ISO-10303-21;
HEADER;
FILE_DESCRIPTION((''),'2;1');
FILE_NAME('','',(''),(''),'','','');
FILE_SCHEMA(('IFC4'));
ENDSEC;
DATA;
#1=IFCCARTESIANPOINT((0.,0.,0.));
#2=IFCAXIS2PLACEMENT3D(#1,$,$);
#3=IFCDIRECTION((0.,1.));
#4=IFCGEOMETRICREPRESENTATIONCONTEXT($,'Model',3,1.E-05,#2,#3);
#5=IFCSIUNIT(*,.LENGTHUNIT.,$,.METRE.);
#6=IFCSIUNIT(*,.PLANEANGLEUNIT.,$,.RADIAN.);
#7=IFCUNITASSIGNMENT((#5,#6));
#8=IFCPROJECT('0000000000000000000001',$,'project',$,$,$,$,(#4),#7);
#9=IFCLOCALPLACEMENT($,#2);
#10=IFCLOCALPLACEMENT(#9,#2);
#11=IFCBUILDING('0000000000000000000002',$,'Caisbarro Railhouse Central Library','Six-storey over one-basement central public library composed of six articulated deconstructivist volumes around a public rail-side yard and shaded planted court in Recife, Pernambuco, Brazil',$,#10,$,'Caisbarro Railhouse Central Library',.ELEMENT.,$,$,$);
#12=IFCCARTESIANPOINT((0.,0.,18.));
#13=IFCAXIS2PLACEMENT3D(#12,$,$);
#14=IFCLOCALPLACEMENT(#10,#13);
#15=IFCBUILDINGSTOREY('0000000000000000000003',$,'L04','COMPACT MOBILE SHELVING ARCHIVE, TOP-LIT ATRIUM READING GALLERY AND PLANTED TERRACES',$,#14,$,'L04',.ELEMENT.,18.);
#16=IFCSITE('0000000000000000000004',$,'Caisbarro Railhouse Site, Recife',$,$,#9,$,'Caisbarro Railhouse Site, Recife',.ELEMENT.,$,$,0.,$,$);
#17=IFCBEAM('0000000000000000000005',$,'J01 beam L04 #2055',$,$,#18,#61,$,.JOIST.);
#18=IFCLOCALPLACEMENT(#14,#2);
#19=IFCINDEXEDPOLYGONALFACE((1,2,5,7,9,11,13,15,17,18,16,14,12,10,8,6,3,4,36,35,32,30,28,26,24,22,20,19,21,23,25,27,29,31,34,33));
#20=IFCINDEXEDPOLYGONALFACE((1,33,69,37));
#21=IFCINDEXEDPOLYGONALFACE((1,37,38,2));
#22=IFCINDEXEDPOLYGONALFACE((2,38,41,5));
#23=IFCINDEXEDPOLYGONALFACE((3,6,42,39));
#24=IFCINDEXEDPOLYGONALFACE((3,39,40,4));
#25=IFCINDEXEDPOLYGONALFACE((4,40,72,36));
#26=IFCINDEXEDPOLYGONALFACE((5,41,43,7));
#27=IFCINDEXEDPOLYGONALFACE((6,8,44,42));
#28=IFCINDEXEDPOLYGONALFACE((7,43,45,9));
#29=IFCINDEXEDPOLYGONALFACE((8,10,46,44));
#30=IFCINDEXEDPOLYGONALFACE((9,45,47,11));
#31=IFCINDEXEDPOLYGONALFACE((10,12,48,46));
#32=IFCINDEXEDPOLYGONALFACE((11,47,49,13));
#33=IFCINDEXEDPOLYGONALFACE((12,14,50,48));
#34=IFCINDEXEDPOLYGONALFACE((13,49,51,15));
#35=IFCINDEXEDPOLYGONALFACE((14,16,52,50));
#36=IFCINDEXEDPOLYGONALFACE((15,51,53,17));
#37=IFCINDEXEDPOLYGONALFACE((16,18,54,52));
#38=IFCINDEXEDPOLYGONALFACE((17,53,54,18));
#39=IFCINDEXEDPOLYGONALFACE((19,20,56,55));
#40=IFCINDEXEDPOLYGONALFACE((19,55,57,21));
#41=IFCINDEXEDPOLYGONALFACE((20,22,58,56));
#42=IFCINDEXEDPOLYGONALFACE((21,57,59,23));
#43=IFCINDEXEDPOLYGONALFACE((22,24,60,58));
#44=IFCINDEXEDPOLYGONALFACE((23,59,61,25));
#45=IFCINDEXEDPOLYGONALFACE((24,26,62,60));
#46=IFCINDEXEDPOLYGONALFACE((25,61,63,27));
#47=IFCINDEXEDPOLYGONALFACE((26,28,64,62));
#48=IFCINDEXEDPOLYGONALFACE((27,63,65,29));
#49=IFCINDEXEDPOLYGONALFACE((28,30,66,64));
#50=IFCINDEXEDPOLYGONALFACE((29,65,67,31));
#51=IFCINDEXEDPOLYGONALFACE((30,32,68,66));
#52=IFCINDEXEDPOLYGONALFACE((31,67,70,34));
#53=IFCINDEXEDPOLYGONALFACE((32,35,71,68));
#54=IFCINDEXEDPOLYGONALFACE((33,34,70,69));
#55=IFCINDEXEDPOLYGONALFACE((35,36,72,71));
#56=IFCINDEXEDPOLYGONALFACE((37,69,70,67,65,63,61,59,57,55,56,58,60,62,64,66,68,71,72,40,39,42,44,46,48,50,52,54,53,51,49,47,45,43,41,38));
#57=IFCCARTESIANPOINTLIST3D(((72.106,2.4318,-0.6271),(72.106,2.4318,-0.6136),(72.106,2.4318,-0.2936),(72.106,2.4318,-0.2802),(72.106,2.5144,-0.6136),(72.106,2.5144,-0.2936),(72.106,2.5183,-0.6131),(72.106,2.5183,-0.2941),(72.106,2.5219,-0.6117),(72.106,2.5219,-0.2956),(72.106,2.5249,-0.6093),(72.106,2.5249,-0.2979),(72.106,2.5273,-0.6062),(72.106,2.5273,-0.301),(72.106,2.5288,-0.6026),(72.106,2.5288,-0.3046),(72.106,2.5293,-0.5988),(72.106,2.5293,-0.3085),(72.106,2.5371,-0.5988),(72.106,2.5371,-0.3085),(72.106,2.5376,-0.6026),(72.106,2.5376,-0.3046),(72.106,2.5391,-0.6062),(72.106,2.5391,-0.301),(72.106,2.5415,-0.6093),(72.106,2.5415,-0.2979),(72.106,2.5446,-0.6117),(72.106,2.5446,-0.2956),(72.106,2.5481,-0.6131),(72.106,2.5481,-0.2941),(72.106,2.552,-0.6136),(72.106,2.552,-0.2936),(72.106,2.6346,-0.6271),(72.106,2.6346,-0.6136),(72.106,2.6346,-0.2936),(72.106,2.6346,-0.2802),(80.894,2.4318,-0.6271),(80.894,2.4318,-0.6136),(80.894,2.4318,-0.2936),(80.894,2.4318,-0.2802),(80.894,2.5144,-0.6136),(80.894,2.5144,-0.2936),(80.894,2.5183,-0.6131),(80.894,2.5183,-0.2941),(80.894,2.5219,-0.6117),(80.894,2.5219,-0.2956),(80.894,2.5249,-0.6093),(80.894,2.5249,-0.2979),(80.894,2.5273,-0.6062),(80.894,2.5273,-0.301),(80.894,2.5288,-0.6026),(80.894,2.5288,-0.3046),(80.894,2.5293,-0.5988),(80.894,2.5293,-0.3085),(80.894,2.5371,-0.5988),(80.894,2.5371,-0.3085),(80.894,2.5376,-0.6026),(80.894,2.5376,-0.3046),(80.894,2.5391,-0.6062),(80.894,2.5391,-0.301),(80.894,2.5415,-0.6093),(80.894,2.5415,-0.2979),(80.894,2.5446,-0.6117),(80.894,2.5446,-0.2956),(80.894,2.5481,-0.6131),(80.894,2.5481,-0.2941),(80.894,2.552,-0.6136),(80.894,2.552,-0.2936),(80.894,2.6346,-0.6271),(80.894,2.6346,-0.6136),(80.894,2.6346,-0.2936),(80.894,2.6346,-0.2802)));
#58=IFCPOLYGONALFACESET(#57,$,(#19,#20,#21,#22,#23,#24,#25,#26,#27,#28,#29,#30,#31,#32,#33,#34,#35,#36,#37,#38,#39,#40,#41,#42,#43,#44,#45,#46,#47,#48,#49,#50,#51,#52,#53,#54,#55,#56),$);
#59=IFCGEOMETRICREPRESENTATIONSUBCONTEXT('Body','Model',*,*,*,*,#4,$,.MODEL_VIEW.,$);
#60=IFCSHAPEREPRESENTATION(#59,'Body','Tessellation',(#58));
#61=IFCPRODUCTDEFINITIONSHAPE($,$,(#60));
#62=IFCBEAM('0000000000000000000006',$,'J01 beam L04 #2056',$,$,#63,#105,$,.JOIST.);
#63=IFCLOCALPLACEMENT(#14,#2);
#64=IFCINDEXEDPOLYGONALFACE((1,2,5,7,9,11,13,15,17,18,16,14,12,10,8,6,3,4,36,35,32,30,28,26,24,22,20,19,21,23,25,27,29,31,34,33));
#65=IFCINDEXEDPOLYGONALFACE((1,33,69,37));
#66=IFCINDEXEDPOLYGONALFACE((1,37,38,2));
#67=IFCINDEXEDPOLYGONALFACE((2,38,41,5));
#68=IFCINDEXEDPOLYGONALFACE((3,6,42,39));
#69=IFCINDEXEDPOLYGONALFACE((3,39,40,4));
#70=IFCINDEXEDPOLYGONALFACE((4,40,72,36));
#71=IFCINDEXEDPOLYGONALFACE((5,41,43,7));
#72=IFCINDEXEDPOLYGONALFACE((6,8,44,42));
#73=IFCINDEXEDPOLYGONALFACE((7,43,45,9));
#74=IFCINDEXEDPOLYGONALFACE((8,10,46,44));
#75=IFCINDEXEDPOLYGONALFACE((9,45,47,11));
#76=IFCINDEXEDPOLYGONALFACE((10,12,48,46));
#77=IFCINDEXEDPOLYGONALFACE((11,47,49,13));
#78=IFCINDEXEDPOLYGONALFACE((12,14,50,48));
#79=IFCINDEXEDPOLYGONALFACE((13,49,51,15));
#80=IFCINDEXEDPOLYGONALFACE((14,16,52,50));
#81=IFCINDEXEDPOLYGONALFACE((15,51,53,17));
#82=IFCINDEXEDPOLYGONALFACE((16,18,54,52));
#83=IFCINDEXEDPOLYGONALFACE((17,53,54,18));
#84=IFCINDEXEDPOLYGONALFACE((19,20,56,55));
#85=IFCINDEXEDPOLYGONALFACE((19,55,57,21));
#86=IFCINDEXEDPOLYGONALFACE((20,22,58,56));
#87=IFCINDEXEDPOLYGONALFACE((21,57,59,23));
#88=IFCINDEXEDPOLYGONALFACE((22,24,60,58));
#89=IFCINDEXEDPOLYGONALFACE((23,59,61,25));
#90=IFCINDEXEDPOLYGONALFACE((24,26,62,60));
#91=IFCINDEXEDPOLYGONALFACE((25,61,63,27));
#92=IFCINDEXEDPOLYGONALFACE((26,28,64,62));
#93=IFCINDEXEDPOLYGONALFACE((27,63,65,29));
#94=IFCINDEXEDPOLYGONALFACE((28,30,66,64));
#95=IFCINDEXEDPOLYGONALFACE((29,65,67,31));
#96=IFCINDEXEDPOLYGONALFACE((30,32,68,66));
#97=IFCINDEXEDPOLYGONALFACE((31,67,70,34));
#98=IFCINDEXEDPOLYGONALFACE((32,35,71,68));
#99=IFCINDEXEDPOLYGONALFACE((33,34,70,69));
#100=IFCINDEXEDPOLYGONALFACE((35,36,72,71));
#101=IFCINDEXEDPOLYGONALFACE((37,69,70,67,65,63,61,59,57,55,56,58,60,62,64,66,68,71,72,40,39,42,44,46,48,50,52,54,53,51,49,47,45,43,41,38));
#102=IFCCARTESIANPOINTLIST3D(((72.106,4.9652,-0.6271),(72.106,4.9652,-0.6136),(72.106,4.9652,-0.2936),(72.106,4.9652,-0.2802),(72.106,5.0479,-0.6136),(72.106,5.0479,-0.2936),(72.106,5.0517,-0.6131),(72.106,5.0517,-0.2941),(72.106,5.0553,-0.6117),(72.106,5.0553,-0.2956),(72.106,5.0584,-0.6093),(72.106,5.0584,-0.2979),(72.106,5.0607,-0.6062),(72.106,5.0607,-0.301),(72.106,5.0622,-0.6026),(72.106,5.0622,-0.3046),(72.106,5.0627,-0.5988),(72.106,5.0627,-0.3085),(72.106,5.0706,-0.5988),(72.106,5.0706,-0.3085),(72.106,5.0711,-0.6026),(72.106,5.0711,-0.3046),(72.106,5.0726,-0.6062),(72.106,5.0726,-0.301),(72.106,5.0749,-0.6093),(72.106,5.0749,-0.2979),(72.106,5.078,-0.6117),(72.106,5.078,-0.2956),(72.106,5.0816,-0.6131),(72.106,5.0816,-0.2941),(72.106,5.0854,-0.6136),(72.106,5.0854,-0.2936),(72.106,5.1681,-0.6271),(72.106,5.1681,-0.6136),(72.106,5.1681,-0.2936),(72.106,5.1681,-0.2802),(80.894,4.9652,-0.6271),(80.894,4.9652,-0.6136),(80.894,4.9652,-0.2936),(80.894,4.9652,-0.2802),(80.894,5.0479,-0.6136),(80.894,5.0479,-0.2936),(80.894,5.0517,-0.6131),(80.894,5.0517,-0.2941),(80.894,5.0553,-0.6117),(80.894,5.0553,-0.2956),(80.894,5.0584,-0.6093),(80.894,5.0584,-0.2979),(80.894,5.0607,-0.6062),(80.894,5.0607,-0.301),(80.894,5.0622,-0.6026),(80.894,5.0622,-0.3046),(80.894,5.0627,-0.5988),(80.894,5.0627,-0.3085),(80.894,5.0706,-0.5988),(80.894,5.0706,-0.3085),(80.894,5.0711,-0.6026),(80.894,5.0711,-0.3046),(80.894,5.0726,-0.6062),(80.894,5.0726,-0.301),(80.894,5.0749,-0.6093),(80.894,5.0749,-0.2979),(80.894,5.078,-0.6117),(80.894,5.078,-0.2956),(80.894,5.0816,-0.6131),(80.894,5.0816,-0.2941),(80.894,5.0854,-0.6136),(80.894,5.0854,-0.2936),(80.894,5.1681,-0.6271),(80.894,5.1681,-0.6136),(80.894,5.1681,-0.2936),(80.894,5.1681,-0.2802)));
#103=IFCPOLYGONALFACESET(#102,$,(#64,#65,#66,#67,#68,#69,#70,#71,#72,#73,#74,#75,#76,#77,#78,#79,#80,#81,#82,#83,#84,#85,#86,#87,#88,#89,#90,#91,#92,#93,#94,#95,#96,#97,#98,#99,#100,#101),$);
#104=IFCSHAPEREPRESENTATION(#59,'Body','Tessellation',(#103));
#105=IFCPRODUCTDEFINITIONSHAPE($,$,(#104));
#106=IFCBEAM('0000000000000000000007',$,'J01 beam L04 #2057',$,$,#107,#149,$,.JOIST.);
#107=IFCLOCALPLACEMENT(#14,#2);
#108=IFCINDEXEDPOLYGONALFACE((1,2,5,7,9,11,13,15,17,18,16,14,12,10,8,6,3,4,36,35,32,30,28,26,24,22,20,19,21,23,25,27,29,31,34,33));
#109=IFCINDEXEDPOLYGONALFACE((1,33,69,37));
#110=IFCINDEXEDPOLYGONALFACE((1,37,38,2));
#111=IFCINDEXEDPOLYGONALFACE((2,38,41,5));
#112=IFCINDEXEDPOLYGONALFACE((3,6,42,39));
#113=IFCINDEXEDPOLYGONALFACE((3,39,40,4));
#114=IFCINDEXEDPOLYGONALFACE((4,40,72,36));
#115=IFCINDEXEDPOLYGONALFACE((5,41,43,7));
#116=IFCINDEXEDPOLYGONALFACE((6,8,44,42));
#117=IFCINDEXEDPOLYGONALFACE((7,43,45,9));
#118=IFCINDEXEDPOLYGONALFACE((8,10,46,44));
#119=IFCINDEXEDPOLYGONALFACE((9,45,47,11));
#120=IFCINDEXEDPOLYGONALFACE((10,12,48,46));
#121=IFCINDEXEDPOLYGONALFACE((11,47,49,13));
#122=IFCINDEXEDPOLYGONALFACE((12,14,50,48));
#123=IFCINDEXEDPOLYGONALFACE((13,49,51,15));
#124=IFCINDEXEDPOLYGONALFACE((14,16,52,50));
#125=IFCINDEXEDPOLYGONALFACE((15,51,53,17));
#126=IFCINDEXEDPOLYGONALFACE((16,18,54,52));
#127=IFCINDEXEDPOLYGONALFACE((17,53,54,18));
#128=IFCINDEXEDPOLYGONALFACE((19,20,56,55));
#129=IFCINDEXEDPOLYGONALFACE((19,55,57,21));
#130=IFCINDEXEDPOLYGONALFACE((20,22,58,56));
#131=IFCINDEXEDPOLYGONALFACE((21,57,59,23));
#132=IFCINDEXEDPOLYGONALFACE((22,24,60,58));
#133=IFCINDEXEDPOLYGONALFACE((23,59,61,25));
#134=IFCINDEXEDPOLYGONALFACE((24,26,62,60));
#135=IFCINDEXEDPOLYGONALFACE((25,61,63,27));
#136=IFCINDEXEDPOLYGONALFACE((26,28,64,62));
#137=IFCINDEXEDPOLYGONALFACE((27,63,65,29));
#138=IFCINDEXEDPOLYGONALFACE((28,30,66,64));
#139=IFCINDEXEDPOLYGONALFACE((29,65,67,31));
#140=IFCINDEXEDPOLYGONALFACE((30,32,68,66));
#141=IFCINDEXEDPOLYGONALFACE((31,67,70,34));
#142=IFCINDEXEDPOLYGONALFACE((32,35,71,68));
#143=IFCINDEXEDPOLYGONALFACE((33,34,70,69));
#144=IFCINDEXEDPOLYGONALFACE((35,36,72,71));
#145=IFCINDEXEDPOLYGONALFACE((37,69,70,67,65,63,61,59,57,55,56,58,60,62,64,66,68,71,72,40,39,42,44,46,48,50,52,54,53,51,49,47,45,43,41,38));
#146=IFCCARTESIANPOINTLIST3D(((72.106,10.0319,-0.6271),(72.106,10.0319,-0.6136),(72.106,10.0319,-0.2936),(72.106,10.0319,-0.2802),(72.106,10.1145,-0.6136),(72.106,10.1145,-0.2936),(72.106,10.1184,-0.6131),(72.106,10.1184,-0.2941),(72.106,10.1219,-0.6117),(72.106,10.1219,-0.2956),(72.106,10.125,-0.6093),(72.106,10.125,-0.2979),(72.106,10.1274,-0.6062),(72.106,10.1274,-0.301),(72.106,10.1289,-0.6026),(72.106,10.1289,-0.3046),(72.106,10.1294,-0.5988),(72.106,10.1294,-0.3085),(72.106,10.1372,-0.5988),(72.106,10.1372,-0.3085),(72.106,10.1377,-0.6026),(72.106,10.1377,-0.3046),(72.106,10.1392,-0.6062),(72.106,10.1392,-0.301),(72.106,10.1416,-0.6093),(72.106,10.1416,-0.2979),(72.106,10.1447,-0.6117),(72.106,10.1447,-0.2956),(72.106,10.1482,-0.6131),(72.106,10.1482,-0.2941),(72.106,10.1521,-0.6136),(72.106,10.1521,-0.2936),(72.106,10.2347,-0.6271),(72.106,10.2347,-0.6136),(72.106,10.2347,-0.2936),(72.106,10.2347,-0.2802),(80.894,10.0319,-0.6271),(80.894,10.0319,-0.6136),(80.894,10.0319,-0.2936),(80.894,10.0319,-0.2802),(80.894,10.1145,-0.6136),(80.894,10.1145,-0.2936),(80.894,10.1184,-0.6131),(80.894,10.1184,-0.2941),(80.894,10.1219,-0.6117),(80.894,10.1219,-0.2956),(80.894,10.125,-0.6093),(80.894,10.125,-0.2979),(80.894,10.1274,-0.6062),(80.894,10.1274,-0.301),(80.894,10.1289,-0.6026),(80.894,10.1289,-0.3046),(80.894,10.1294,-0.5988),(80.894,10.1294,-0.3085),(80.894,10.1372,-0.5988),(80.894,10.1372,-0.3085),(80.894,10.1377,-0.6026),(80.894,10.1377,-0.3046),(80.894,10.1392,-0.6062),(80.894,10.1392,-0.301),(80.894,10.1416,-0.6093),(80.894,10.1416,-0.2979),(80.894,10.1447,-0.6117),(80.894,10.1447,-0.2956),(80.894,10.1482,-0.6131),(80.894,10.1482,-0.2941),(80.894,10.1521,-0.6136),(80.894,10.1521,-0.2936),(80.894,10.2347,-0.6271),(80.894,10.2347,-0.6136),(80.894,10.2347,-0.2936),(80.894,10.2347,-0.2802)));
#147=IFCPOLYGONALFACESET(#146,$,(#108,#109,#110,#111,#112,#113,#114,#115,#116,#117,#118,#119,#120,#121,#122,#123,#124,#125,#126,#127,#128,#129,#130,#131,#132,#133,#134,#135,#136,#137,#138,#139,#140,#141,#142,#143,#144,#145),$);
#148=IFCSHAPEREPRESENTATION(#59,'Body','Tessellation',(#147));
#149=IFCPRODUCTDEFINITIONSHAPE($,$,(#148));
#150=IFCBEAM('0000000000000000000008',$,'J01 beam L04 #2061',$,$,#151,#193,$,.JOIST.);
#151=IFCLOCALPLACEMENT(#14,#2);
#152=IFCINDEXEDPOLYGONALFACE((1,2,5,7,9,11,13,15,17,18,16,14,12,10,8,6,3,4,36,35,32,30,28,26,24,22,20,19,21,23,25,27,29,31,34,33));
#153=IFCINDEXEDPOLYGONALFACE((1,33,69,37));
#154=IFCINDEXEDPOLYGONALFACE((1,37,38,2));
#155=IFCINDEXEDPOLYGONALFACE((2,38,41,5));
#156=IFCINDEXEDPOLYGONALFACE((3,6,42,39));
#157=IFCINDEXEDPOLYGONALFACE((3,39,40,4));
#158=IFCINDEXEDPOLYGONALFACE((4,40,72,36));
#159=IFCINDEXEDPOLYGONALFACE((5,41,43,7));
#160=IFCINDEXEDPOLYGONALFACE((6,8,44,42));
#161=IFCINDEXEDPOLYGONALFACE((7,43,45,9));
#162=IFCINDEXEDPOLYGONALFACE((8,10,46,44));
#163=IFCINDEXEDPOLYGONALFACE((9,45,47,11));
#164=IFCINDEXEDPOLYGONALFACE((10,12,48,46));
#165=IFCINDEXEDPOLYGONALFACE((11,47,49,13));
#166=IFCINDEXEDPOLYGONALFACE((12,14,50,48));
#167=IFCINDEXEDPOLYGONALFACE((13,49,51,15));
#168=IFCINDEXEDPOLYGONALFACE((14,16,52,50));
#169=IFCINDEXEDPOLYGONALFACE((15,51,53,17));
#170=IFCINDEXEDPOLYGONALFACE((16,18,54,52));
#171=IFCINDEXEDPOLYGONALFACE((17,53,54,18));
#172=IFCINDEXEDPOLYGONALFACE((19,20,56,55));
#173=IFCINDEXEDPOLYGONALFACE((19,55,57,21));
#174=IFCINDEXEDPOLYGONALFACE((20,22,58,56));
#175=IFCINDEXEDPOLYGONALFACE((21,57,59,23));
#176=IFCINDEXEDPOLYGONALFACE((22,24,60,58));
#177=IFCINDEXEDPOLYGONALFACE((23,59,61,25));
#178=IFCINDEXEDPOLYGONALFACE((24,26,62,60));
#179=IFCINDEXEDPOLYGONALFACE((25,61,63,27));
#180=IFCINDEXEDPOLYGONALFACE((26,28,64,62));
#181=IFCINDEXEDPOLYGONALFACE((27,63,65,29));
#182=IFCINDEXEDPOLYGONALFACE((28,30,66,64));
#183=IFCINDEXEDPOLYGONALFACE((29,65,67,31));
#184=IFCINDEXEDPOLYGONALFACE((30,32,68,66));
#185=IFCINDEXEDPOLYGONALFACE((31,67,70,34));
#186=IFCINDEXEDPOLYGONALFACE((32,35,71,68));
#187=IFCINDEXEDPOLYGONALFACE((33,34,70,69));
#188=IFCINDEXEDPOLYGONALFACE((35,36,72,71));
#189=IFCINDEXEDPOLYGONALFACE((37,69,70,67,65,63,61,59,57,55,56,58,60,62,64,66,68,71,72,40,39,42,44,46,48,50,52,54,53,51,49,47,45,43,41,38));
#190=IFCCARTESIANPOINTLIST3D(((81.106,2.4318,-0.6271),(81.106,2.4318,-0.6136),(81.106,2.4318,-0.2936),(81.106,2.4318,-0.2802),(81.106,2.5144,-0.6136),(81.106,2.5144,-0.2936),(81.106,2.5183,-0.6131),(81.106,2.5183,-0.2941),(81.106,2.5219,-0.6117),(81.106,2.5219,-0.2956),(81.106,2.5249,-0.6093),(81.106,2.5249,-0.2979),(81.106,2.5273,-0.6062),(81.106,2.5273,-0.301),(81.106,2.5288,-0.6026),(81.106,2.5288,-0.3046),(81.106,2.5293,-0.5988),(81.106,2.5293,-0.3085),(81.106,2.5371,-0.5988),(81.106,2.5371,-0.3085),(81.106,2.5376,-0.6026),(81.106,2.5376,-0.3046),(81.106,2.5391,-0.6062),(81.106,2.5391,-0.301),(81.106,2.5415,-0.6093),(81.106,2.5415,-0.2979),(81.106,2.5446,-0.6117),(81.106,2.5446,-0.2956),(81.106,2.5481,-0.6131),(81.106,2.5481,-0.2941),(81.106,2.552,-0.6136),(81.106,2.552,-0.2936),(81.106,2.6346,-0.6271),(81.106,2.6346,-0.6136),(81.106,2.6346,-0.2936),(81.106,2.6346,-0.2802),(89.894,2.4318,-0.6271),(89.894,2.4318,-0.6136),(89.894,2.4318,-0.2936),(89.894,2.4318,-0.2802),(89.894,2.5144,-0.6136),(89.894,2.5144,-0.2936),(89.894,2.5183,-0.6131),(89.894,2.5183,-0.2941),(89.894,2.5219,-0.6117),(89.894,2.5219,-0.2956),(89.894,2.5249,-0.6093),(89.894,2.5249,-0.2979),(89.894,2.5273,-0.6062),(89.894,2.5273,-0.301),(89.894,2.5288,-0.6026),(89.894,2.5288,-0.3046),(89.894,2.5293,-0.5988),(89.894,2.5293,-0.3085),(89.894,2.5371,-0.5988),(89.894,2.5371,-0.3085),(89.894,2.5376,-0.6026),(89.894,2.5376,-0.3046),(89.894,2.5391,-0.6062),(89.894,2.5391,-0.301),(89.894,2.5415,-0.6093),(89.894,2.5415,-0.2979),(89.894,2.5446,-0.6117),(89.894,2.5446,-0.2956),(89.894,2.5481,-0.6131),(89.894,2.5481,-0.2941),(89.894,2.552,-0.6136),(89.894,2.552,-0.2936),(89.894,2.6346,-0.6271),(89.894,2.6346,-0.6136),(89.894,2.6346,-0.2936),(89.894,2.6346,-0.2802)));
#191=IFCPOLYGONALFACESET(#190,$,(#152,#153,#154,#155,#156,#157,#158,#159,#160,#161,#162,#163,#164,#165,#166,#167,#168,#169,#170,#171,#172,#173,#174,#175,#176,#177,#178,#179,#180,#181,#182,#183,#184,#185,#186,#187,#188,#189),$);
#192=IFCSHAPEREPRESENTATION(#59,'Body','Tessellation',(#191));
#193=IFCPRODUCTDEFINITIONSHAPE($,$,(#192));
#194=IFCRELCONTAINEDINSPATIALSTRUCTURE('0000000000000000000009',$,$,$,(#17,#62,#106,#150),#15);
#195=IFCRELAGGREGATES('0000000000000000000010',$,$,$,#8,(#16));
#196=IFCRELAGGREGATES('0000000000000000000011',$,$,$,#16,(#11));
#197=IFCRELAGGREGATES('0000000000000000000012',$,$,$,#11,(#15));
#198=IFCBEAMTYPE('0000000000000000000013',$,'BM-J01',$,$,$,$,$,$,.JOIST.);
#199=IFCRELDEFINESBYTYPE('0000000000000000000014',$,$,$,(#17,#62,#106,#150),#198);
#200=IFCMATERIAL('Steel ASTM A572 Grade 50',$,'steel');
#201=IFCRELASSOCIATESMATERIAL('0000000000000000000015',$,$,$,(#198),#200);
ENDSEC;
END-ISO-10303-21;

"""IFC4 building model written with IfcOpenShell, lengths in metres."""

from ifc_helpers import new_model, si_unit, direction, frame, origin, origin_2d, place, context, subcontext, project, spatial, i_section, extrude, material, material_profile, profile_set, type_object, element, save


model = new_model("IFC4")

# Units and contexts
model_context = context("Model", 3, precision=1e-05, world=origin(), true_north=direction((0.0, 1.0)))
body_context = subcontext(model_context, "Body", "Model", "MODEL_VIEW")
ifc_project = project(units=[si_unit("LENGTHUNIT", "METRE"), si_unit("PLANEANGLEUNIT", "RADIAN")], contexts=[model_context])

# Site, building, storey
site_placement = place(None, origin())
site = spatial("IfcSite", under=ifc_project, at=site_placement, Name="Caisbarro Railhouse Site, Recife", LongName="Caisbarro Railhouse Site, Recife", CompositionType="ELEMENT", RefElevation=0.0)
building_placement = place(site_placement, origin())
building = spatial("IfcBuilding", under=site, at=building_placement, Name="Caisbarro Railhouse Central Library", Description="Six-storey over one-basement central public library composed of six articulated deconstructivist volumes around a public rail-side yard and shaded planted court in Recife, Pernambuco, Brazil", LongName="Caisbarro Railhouse Central Library", CompositionType="ELEMENT")
storey_placement = place(building_placement, frame((0.0, 0.0, 18.0)))
storey = spatial("IfcBuildingStorey", under=building, at=storey_placement, Name="L04", Description="COMPACT MOBILE SHELVING ARCHIVE, TOP-LIT ATRIUM READING GALLERY AND PLANTED TERRACES", LongName="L04", CompositionType="ELEMENT", Elevation=18.0)

# Shared definitions
ifc_material_1 = material(Name="Steel ASTM A572 Grade 50", Category="steel")

# Beams
ifc_material_profile_1 = material_profile(ifc_material_1, i_section(OverallWidth=0.2029, OverallDepth=0.3469, WebThickness=0.0078, FlangeThickness=0.0134, FilletRadius=0.0149, at=origin_2d()), Name="W360X64.0")
ifc_profile_set_1 = profile_set([ifc_material_profile_1], Name="Steel ASTM A572 Grade 50")
beam_type_1 = type_object("IfcBeamType", Name="BM-J01", PredefinedType="JOIST", material=ifc_profile_set_1)
for number, where, z_axis, x_axis, name in (
    (1, (72.106, 2.5332, -0.4536), (1.0, 0.0, 0.0), (0.0, 1.0, 0.0), "J01 beam L04 #2055"),
    (2, (72.106, 5.0667, -0.4536), (1.0, 0.0, 0.0), (0.0, 1.0, 0.0), "J01 beam L04 #2056"),
    (3, (72.106, 10.1333, -0.4536), (1.0, 0.0, 0.0), (0.0, 1.0, 0.0), "J01 beam L04 #2057"),
    (4, (81.106, 2.5332, -0.4536), (1.0, 0.0, 0.0), (0.0, 1.0, 0.0), "J01 beam L04 #2061"),
):
    element("IfcBeam", number, at=place(storey_placement, frame(where, z_axis=z_axis, x_axis=x_axis)), inside=storey, type_object=beam_type_1, Name=name, PredefinedType="JOIST", context=body_context, shape_type="SweptSolid", body=[
        extrude(i_section(OverallWidth=0.2029, OverallDepth=0.3469, WebThickness=0.0078, FlangeThickness=0.0134, FilletRadius=0.0149, at=origin_2d()), origin(), (0.0, 0.0, 1.0), 8.7881),
    ])

save(model, "model.ifc")
